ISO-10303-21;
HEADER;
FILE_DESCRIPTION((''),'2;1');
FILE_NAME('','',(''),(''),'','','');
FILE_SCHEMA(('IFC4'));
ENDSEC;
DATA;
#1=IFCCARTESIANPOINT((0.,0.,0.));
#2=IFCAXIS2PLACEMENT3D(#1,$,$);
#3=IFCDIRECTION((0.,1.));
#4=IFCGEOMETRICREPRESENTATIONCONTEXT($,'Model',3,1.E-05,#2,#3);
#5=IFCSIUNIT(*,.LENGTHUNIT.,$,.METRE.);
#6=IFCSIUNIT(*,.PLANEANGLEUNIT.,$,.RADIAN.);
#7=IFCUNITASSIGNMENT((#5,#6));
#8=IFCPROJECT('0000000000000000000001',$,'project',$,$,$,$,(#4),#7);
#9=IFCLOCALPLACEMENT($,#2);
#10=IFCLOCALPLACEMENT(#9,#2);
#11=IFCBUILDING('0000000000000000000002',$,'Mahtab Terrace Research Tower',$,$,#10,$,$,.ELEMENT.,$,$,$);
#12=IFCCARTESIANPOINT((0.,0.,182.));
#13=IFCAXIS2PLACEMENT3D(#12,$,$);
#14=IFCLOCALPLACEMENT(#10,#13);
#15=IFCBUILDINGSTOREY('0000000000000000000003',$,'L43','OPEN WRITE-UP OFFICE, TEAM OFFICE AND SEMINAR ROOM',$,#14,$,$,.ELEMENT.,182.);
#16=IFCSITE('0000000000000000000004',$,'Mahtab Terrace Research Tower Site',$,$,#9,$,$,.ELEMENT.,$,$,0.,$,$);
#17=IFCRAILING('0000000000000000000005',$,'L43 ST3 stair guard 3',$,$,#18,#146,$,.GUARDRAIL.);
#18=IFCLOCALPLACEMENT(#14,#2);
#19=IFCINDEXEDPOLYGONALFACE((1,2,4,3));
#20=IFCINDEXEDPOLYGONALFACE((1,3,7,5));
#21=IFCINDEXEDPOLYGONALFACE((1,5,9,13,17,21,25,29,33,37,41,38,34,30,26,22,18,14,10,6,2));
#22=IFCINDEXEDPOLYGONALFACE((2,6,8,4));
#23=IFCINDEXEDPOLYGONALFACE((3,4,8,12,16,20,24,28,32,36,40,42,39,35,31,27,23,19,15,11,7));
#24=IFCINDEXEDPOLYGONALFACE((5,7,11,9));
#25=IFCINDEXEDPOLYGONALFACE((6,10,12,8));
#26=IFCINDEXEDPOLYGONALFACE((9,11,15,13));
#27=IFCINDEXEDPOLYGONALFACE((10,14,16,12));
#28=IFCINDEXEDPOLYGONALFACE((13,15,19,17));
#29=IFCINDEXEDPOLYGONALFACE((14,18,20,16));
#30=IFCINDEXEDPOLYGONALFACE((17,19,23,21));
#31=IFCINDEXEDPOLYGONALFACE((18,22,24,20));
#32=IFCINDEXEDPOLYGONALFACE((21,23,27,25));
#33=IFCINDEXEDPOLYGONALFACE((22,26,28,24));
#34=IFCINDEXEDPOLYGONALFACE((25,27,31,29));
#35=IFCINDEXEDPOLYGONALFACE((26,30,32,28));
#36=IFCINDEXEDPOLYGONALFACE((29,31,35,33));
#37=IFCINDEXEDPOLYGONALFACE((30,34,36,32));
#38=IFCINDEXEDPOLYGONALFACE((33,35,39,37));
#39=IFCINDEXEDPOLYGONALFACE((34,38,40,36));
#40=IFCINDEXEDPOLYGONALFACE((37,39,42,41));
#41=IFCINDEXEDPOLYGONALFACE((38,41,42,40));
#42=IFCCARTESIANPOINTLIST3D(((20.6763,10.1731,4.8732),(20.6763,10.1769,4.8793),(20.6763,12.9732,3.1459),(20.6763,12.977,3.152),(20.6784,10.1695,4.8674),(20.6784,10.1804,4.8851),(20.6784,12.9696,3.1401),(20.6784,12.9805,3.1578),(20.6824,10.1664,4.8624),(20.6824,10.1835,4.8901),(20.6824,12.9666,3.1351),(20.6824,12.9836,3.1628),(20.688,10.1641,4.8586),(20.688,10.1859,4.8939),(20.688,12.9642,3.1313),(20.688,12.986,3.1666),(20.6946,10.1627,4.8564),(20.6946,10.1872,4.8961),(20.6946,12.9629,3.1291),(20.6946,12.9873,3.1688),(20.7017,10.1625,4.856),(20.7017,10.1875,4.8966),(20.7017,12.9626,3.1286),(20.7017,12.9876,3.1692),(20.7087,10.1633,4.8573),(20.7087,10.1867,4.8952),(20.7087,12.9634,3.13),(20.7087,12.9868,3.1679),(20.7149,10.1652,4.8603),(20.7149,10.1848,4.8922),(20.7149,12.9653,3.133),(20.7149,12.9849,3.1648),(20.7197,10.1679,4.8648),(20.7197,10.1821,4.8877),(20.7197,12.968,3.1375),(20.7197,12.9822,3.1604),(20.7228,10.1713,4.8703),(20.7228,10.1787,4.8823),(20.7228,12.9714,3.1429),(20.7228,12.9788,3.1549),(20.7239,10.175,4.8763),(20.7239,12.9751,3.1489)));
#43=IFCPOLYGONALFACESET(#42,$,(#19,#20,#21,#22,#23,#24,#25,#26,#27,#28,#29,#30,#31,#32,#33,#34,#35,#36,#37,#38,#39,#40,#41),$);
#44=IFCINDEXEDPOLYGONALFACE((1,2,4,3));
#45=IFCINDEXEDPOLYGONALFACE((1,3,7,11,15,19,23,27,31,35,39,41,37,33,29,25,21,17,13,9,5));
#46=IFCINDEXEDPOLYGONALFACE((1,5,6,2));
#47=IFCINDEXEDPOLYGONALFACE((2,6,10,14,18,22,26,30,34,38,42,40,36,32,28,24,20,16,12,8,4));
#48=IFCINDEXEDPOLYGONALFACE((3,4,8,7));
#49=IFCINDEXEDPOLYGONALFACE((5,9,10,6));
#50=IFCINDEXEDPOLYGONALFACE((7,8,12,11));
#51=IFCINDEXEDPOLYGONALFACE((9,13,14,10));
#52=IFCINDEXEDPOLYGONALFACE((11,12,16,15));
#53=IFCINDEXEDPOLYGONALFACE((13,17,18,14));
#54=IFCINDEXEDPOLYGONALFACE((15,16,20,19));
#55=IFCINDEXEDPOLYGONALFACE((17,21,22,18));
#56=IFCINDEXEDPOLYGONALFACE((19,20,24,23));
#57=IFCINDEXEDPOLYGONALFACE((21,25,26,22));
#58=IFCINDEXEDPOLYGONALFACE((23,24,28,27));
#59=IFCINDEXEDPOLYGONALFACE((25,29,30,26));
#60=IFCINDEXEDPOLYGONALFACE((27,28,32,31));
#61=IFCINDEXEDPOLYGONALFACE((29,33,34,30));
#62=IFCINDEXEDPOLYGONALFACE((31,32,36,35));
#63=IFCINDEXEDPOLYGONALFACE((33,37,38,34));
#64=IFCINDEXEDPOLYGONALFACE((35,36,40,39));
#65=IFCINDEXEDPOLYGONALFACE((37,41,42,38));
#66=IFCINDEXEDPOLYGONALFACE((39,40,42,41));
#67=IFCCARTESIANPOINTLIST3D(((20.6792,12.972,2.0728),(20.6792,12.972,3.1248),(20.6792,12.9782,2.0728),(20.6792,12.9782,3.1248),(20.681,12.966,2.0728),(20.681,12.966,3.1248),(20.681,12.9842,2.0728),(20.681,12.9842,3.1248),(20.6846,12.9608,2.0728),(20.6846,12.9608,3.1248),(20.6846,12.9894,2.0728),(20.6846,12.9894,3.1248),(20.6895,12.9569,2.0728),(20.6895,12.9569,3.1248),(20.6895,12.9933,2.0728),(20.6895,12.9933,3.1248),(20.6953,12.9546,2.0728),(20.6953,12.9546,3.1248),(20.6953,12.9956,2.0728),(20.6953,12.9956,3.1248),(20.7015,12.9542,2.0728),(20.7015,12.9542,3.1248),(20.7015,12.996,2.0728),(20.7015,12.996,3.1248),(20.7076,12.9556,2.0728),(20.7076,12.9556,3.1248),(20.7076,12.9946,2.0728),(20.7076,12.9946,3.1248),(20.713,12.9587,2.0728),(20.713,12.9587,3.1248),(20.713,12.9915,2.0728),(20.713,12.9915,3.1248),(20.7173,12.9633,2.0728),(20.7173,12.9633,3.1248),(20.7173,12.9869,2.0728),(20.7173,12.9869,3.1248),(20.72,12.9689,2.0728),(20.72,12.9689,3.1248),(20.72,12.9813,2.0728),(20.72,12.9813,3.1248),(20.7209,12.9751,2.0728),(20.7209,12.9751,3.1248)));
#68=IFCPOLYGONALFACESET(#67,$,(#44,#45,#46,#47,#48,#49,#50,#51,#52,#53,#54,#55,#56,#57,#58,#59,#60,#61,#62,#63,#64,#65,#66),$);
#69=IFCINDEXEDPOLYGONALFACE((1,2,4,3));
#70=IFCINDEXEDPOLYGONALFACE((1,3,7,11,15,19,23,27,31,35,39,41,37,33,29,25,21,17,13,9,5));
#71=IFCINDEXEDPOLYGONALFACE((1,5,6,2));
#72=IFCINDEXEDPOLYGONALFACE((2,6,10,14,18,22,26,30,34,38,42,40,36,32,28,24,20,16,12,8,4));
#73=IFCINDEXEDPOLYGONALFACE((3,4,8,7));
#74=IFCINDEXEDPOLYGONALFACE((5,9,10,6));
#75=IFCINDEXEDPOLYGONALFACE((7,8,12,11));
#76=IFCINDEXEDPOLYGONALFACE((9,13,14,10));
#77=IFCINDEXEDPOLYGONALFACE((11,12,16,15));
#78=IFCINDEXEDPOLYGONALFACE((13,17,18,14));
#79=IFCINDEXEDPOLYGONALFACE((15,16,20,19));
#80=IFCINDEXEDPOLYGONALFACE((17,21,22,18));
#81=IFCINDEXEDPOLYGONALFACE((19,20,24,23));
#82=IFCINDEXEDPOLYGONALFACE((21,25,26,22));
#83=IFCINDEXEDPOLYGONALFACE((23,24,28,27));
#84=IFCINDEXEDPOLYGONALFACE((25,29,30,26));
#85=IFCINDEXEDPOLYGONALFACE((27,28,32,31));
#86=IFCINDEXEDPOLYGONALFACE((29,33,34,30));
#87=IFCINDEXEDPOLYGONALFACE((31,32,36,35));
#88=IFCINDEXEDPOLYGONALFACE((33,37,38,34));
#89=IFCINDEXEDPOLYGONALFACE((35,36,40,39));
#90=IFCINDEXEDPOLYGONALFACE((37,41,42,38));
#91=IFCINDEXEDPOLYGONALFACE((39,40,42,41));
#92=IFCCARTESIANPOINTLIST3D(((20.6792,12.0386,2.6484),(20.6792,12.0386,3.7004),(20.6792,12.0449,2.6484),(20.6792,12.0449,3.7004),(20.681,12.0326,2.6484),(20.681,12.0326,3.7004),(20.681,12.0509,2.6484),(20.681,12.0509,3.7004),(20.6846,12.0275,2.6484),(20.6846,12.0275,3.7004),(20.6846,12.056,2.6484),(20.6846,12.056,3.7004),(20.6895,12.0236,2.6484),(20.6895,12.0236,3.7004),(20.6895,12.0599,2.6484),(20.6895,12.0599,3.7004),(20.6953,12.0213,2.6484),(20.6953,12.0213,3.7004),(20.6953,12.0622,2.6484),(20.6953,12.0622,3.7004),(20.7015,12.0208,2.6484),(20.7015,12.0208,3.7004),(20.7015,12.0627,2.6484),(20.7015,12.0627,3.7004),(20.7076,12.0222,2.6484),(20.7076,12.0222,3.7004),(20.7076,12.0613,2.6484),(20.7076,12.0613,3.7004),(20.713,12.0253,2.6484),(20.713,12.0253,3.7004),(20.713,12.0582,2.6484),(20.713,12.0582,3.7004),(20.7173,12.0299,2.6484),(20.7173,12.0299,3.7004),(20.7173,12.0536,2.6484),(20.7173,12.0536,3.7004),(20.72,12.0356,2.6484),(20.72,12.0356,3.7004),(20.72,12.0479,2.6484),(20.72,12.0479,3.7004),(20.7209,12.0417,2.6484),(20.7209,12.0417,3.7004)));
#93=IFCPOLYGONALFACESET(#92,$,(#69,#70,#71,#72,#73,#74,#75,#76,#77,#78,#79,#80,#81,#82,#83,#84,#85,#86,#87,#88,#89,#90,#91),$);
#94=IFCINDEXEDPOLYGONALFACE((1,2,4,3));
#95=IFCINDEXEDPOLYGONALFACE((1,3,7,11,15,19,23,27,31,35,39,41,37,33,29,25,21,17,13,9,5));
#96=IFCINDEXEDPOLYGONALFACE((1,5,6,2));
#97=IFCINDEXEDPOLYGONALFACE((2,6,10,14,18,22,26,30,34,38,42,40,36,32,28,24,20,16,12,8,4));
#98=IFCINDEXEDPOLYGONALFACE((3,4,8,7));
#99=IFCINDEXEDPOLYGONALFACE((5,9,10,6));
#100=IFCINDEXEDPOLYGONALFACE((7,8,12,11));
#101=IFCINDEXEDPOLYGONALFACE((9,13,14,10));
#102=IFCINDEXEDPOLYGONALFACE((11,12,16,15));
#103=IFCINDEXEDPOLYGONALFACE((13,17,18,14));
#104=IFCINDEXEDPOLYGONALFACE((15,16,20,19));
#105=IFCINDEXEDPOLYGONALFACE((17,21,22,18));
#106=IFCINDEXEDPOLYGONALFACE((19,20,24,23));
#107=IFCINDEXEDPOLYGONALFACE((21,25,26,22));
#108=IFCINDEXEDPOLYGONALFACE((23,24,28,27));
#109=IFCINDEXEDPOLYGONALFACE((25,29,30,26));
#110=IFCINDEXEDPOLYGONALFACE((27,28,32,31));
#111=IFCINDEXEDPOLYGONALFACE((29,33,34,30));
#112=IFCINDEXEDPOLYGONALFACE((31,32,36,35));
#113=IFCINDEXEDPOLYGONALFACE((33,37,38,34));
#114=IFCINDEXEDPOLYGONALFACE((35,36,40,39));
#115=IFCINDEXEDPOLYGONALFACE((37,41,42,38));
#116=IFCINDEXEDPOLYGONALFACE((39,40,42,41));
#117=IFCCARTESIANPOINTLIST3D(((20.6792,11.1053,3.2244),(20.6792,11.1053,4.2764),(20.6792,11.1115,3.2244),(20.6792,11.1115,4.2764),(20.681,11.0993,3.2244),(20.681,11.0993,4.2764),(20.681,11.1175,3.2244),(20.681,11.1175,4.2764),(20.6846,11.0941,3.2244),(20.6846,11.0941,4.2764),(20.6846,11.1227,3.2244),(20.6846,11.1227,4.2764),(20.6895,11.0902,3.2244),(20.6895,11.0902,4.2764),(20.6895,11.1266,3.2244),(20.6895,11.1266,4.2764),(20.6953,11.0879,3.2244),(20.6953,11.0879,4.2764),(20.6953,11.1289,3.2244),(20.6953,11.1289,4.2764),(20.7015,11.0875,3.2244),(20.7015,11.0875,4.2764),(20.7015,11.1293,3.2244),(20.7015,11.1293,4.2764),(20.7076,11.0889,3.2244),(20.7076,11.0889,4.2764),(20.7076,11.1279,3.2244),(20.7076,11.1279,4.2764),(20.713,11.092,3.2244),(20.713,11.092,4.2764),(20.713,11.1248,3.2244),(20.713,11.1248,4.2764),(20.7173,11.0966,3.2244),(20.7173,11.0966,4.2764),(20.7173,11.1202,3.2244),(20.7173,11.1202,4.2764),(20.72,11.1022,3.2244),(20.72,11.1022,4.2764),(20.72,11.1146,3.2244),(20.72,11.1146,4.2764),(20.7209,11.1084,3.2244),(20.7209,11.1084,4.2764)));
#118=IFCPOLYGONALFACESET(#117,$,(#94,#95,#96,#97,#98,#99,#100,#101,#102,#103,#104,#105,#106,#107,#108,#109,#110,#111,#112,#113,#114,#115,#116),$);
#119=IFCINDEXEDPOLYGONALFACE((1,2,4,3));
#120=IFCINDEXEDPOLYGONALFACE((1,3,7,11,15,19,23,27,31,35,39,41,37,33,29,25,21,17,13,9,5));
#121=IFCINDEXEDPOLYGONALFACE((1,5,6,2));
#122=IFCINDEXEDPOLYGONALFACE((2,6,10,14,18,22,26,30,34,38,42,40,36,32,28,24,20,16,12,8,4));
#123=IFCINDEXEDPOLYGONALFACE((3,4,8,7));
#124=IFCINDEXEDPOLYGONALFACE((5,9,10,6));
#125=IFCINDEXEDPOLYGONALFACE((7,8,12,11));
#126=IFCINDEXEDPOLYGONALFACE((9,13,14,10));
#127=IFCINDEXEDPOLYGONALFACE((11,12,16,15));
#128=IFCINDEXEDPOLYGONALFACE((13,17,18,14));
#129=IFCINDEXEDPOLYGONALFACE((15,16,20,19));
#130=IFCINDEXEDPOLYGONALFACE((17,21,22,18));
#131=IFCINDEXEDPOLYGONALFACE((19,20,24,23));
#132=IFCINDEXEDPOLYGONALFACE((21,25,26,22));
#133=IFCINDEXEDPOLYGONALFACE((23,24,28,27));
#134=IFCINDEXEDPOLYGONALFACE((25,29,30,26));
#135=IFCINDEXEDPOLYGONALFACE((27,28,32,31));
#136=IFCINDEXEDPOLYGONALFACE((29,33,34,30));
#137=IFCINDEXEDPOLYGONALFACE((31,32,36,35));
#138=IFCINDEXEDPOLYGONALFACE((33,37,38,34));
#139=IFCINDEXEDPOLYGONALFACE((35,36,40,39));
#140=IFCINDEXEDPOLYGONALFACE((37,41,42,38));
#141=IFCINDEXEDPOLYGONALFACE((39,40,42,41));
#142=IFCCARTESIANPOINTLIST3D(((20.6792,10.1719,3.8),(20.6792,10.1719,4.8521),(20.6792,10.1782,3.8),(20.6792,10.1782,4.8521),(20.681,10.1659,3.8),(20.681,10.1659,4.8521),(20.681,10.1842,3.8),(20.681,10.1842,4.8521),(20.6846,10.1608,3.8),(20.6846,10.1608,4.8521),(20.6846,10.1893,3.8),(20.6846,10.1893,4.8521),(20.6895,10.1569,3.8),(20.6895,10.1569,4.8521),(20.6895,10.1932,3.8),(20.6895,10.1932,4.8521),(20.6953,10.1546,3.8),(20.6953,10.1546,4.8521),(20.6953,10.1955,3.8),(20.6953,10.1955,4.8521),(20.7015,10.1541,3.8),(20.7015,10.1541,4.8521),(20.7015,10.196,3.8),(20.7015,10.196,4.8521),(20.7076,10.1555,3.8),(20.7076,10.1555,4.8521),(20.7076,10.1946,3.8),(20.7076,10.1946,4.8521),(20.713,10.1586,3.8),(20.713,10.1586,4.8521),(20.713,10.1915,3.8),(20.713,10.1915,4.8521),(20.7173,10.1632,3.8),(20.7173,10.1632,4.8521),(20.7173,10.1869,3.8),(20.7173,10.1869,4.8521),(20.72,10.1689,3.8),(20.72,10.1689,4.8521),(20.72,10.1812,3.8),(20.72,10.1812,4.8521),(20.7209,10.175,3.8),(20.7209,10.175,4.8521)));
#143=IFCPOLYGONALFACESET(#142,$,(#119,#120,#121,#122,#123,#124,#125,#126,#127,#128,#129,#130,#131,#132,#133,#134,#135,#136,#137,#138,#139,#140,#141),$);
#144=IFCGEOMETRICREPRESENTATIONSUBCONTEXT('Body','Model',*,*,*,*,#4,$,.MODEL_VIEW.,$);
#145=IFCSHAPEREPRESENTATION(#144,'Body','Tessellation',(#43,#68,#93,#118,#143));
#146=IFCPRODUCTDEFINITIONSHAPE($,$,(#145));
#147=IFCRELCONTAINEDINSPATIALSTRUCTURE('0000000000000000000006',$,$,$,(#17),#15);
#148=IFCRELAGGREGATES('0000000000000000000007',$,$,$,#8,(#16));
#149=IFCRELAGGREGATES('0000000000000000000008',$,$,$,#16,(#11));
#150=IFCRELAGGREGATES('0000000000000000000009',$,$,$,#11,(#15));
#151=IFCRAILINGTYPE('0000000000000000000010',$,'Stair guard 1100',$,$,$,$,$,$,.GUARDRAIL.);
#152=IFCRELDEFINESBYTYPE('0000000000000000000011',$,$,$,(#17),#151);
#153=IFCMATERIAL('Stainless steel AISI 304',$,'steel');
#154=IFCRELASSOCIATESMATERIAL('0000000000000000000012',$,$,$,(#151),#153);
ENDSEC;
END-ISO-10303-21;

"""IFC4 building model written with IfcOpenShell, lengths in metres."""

from ifc_helpers import new_model, si_unit, direction, frame, origin, origin_2d, place, context, subcontext, project, spatial, circle, extrude, material, type_object, element, save


model = new_model("IFC4")

# Units and contexts
model_context = context("Model", 3, precision=1e-05, world=origin(), true_north=direction((0.0, 1.0)))
body_context = subcontext(model_context, "Body", "Model", "MODEL_VIEW")
ifc_project = project(units=[si_unit("LENGTHUNIT", "METRE"), si_unit("PLANEANGLEUNIT", "RADIAN")], contexts=[model_context])

# Site, building, storey
site_placement = place(None, origin())
site = spatial("IfcSite", under=ifc_project, at=site_placement, Name="Mahtab Terrace Research Tower Site", CompositionType="ELEMENT", RefElevation=0.0)
building_placement = place(site_placement, origin())
building = spatial("IfcBuilding", under=site, at=building_placement, Name="Mahtab Terrace Research Tower", CompositionType="ELEMENT")
storey_placement = place(building_placement, frame((0.0, 0.0, 182.0)))
storey = spatial("IfcBuildingStorey", under=building, at=storey_placement, Name="L43", Description="OPEN WRITE-UP OFFICE, TEAM OFFICE AND SEMINAR ROOM", CompositionType="ELEMENT", Elevation=182.0)

# Shared definitions
ifc_material_1 = material(Name="Stainless steel AISI 304", Category="steel")

# Railing
railing_type_1 = type_object("IfcRailingType", Name="Stair guard 1100", PredefinedType="GUARDRAIL", material=ifc_material_1)
railing_1_placement = place(storey_placement, frame((20.7, 12.9751, 2.0728)))
element("IfcRailing", 1, at=railing_1_placement, inside=storey, type_object=railing_type_1, Name="L43 ST3 stair guard 3", PredefinedType="GUARDRAIL", context=body_context, shape_type="SweptSolid", body=[
    extrude(circle(Radius=0.0239, at=origin_2d()), frame((0.0, 0.0, 1.0762), z_axis=(0.0, -0.85109, 0.52502), x_axis=(1.0, 0.0, 0.0)), (0.0, 0.0, 1.0), 3.29),
    extrude(circle(Radius=0.021, at=origin_2d()), origin(), (0.0, 0.0, 1.0), 1.052),
    extrude(circle(Radius=0.021, at=origin_2d()), frame((0.0, -0.9333, 0.5757)), (0.0, 0.0, 1.0), 1.052),
    extrude(circle(Radius=0.021, at=origin_2d()), frame((0.0, -1.8667, 1.1516)), (0.0, 0.0, 1.0), 1.052),
    extrude(circle(Radius=0.021, at=origin_2d()), frame((0.0, -2.8, 1.7273)), (0.0, 0.0, 1.0), 1.052),
])

save(model, "model.ifc")
